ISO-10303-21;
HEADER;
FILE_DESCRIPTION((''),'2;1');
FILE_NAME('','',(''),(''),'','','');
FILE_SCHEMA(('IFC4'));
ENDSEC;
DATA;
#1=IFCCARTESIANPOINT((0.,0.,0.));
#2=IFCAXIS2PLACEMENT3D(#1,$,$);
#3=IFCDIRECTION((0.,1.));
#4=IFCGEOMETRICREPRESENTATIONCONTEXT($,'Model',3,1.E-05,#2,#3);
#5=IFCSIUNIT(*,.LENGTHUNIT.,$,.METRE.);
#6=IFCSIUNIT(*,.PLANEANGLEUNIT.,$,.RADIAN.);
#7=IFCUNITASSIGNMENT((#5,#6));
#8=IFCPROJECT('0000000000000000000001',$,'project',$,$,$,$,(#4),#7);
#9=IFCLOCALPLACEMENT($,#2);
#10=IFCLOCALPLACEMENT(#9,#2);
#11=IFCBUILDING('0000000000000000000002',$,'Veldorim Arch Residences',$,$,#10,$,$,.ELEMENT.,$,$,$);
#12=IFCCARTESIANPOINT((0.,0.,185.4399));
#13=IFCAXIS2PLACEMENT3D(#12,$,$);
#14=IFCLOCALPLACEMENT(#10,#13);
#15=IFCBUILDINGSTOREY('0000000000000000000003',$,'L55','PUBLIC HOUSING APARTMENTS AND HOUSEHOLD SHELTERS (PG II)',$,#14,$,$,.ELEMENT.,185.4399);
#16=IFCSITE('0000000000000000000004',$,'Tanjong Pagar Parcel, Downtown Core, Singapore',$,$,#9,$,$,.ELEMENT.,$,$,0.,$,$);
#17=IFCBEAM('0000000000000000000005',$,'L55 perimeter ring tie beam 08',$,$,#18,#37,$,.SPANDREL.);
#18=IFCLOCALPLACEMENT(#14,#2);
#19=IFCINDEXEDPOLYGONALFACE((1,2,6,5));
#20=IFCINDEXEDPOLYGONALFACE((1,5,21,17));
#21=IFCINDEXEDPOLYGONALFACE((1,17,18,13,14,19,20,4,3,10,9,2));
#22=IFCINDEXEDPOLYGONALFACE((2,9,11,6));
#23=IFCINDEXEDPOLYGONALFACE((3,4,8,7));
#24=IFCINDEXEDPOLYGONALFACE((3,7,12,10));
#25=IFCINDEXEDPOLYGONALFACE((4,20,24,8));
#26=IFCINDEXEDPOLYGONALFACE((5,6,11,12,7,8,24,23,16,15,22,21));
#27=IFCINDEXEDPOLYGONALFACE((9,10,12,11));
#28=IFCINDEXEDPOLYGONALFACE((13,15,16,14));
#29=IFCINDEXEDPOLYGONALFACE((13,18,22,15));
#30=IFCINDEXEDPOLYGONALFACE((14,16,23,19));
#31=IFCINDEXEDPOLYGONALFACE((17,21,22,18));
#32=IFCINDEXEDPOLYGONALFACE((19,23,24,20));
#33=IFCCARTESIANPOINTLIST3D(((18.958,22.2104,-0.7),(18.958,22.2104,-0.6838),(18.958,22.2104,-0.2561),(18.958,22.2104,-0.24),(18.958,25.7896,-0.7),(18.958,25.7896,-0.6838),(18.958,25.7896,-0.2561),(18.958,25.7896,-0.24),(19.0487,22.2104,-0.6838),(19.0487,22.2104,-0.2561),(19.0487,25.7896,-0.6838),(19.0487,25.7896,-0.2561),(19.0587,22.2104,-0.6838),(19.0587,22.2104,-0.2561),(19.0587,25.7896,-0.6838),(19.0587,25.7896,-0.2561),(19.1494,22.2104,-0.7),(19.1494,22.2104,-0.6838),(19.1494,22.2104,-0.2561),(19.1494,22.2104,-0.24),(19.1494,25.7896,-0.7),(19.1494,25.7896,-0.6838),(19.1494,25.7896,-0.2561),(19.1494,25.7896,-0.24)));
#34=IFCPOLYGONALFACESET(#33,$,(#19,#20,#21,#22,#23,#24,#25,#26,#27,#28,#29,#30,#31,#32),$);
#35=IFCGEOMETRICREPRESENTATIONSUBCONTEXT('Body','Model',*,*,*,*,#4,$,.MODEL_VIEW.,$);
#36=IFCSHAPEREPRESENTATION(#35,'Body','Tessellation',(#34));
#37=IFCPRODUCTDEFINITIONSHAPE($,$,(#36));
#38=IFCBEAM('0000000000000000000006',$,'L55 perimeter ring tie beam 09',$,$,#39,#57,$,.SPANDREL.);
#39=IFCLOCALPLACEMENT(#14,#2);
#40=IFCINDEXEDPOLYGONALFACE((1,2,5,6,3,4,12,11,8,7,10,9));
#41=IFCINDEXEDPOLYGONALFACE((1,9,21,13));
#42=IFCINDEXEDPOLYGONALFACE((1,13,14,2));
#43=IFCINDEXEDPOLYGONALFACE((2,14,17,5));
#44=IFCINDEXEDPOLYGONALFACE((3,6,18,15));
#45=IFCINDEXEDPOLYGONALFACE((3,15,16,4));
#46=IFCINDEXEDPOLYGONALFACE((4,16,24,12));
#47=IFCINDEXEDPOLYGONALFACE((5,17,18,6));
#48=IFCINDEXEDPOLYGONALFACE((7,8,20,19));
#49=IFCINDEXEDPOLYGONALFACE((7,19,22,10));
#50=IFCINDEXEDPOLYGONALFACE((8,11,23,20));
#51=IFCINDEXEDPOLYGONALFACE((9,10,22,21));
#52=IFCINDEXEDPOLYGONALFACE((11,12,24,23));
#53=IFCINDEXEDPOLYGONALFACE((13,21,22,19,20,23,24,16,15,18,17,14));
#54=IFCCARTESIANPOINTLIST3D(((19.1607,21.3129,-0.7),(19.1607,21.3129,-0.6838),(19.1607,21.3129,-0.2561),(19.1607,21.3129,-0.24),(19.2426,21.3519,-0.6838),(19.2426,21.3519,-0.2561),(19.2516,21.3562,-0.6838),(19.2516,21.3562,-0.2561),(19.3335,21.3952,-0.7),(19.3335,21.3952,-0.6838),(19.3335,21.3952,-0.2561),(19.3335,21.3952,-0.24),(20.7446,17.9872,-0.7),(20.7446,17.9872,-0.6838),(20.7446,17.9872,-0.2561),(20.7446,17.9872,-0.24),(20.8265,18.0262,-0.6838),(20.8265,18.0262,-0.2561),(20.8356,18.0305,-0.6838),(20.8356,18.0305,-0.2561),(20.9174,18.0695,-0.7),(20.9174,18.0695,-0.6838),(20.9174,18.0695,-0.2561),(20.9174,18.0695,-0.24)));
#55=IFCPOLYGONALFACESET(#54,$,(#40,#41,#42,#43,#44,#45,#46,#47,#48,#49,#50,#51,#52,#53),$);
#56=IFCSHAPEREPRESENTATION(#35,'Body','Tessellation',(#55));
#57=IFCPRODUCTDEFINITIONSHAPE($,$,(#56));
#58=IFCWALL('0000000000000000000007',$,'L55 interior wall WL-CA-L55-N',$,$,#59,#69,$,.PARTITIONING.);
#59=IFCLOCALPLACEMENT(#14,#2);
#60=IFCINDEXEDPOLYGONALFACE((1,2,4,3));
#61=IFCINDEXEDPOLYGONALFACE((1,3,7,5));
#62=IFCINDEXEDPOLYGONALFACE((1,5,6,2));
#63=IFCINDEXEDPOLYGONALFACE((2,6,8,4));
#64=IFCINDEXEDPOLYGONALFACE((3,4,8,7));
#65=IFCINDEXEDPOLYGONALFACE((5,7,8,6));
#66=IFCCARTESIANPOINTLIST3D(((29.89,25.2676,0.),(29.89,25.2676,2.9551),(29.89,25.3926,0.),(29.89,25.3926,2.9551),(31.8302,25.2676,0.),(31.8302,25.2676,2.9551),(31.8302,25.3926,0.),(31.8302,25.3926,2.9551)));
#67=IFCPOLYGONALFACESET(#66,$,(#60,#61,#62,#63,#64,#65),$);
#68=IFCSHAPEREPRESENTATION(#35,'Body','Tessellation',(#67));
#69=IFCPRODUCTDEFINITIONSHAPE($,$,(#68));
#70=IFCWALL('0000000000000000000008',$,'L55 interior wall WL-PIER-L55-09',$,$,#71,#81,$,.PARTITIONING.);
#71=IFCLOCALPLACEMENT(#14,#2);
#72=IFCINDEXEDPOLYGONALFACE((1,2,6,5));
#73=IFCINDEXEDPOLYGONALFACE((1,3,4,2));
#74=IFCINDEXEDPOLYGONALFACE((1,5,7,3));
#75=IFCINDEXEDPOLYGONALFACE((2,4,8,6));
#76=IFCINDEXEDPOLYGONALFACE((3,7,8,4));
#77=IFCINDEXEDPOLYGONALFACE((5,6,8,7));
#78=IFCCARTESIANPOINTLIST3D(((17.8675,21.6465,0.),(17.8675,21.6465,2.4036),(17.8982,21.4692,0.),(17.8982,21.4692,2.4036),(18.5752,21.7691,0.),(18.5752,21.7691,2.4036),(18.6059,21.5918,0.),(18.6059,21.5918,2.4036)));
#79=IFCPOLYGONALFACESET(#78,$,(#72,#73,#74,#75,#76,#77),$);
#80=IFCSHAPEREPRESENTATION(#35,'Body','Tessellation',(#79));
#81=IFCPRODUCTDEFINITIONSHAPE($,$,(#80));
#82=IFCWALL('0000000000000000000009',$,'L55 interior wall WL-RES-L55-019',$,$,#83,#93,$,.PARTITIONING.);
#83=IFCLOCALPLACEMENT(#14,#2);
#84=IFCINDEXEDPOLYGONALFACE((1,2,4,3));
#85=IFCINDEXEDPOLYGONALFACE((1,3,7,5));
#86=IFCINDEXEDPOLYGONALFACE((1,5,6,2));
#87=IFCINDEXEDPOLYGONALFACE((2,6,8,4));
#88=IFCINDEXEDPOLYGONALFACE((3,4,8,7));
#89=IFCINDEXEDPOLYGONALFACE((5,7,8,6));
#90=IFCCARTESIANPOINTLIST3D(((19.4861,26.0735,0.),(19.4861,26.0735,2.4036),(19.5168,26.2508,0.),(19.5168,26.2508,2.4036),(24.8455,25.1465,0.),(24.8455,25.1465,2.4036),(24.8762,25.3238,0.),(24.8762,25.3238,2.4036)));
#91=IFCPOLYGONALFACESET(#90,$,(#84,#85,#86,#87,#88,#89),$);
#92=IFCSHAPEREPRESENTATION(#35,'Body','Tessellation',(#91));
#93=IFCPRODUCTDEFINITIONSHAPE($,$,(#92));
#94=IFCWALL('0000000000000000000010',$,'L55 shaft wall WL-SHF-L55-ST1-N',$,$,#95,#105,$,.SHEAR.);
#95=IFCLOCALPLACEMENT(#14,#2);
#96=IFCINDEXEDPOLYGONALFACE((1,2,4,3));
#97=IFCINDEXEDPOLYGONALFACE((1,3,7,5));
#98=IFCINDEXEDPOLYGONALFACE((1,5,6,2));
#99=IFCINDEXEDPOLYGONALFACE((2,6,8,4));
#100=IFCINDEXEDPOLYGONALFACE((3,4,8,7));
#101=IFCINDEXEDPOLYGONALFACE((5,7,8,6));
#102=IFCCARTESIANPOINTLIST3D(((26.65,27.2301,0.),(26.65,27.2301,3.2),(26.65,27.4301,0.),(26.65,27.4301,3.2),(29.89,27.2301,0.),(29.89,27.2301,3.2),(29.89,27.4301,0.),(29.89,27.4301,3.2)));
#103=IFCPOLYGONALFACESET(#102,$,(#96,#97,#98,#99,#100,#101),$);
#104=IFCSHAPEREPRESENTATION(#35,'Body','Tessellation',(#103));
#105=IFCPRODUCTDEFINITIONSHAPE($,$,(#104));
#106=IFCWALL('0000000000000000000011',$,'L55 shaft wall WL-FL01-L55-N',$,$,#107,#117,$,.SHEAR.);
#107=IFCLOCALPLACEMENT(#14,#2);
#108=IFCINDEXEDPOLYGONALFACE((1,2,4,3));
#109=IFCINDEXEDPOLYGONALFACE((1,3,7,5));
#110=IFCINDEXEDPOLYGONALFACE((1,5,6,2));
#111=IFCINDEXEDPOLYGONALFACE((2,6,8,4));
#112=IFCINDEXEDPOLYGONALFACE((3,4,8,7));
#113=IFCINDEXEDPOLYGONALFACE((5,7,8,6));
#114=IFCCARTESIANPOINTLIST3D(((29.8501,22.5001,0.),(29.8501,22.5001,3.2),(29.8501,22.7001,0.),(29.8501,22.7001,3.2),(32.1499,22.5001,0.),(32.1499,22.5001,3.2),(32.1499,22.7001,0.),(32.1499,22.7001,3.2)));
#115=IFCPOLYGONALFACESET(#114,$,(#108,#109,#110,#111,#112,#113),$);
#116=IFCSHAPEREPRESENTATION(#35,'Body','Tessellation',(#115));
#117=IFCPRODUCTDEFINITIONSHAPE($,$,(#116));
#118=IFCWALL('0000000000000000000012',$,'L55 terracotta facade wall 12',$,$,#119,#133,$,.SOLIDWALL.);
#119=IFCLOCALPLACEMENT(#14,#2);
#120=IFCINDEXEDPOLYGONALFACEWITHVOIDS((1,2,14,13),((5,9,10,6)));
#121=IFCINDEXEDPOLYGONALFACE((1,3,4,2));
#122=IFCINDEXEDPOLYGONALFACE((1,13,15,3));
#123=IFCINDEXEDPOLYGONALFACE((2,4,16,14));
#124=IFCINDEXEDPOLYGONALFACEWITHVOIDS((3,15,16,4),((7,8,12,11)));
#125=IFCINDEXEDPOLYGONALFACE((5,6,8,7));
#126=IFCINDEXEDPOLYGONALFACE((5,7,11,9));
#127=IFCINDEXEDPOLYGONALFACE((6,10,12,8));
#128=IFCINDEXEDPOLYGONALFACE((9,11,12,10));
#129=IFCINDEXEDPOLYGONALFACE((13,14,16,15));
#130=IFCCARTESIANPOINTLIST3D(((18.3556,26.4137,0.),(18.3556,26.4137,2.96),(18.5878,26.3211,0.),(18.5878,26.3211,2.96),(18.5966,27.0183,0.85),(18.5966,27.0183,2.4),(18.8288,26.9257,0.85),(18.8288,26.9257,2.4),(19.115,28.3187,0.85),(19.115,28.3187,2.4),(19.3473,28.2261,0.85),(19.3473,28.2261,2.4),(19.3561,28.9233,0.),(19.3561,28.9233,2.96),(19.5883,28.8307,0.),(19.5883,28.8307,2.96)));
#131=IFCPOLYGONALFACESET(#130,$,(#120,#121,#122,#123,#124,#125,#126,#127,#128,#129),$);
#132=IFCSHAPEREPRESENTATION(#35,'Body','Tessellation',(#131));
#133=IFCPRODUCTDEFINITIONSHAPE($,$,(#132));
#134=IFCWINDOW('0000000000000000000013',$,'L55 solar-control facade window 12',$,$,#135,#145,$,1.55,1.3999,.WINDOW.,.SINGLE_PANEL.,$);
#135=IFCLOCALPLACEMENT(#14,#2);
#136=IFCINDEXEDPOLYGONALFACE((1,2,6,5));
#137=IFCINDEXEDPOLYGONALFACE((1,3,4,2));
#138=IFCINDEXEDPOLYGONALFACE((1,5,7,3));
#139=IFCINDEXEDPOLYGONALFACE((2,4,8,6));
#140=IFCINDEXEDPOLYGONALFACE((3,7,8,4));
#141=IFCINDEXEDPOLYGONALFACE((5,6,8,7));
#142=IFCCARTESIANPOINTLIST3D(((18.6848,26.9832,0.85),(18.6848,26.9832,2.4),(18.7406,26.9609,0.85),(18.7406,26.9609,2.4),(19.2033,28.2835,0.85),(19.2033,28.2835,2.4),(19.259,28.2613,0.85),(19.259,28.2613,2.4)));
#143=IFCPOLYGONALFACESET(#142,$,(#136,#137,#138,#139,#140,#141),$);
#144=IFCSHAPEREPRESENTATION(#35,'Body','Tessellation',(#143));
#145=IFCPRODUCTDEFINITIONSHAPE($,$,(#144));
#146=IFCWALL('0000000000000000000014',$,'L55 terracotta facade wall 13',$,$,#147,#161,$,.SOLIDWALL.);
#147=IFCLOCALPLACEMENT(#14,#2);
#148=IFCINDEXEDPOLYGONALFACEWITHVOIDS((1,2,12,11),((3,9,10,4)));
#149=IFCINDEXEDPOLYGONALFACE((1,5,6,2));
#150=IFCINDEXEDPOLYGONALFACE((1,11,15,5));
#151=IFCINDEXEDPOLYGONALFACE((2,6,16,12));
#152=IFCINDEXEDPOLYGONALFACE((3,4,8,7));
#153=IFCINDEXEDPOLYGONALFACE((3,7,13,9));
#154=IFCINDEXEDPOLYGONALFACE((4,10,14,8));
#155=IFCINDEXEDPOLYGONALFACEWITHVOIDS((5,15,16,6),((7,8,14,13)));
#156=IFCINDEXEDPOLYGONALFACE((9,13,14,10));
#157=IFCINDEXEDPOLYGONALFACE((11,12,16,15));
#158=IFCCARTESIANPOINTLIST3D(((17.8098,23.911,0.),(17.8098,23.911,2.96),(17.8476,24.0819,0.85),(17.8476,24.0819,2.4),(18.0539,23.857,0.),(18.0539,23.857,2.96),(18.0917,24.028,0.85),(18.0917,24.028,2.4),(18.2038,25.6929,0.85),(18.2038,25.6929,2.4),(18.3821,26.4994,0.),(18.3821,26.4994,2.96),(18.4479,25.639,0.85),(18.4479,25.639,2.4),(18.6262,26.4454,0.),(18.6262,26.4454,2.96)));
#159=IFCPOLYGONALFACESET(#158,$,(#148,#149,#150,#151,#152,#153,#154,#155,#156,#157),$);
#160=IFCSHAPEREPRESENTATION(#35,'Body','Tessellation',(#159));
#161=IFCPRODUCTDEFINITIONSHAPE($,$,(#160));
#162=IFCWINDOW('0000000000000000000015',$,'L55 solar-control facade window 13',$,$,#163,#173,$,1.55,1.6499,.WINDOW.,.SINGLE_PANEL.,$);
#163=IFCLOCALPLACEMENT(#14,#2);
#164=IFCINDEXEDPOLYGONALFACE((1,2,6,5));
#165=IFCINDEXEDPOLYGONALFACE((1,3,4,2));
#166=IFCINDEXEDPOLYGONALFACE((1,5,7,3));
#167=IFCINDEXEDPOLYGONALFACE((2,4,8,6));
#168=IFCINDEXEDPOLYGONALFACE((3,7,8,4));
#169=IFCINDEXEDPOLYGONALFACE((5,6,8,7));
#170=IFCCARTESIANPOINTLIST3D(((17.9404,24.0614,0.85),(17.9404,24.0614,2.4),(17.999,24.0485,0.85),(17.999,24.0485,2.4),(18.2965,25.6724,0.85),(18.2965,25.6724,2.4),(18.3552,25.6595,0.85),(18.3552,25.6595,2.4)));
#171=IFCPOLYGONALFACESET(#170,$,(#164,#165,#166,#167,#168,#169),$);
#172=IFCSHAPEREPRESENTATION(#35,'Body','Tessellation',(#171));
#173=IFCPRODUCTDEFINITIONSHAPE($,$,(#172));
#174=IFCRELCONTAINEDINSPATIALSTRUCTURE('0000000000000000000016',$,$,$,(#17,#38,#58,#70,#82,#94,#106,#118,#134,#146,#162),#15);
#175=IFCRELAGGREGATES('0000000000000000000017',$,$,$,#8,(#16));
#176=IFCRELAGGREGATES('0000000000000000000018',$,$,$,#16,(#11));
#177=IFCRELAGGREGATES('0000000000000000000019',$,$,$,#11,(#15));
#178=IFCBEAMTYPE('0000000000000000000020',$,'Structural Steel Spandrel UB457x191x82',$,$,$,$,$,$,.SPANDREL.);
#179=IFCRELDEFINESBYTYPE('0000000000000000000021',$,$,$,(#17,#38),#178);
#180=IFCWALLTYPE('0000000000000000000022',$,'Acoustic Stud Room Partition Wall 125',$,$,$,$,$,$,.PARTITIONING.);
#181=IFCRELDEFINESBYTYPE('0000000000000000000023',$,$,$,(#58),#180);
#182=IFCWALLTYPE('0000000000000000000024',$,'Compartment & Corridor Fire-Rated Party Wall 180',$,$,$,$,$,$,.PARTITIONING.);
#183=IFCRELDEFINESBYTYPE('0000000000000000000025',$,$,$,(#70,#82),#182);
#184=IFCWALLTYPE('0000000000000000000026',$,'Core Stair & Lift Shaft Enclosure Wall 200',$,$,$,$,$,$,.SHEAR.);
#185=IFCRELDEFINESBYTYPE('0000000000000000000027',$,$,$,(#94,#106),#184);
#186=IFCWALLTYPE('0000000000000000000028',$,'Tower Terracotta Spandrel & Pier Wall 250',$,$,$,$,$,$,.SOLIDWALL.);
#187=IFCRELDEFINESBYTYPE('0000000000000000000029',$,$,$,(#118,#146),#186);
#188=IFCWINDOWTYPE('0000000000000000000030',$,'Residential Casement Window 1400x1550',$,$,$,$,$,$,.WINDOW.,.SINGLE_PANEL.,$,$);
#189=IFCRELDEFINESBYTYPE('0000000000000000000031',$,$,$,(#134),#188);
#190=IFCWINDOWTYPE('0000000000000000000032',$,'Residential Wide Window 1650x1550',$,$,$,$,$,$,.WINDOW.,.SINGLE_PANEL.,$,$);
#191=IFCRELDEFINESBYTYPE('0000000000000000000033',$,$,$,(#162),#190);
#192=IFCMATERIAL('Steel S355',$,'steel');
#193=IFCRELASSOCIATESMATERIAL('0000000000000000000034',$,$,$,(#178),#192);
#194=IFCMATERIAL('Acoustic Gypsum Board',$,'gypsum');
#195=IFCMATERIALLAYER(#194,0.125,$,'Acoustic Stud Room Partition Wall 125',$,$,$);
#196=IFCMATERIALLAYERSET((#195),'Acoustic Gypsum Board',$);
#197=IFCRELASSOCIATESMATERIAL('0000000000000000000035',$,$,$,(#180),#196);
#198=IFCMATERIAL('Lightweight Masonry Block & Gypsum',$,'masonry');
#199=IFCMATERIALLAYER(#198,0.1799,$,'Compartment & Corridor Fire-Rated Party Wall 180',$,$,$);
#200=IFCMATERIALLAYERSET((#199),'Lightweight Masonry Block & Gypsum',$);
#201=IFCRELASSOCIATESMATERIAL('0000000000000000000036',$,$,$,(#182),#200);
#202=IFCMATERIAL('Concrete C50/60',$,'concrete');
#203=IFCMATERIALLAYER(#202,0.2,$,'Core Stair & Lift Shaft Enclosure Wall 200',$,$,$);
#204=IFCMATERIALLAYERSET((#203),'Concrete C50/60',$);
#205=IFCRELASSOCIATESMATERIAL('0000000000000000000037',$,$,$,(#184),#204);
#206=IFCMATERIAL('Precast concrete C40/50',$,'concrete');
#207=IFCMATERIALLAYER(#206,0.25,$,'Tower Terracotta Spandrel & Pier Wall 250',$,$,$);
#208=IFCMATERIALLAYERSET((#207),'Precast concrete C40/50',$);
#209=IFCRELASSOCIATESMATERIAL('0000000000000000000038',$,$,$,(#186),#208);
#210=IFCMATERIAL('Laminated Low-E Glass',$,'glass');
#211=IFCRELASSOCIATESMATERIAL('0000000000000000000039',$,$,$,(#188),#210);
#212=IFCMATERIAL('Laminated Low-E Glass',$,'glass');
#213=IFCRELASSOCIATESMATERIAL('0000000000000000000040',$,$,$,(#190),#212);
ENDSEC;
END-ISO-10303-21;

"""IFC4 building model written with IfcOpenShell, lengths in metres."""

from ifc_helpers import new_model, si_unit, direction, frame, frame_2d, origin, origin_2d, place, context, subcontext, project, spatial, rectangle, i_section, extrude, material, layer, layer_set, material_profile, profile_set, type_object, element, fill, save


model = new_model("IFC4")

# Units and contexts
model_context = context("Model", 3, precision=1e-05, world=origin(), true_north=direction((0.0, 1.0)))
body_context = subcontext(model_context, "Body", "Model", "MODEL_VIEW")
ifc_project = project(units=[si_unit("LENGTHUNIT", "METRE"), si_unit("PLANEANGLEUNIT", "RADIAN")], contexts=[model_context])

# Site, building, storey
site_placement = place(None, origin())
site = spatial("IfcSite", under=ifc_project, at=site_placement, Name="Tanjong Pagar Parcel, Downtown Core, Singapore", CompositionType="ELEMENT", RefElevation=0.0)
building_placement = place(site_placement, origin())
building = spatial("IfcBuilding", under=site, at=building_placement, Name="Veldorim Arch Residences", CompositionType="ELEMENT")
storey_placement = place(building_placement, frame((0.0, 0.0, 185.4399)))
storey = spatial("IfcBuildingStorey", under=building, at=storey_placement, Name="L55", Description="PUBLIC HOUSING APARTMENTS AND HOUSEHOLD SHELTERS (PG II)", CompositionType="ELEMENT", Elevation=185.4399)

# Beams
ifc_material_1 = material(Name="Steel S355", Category="steel")
ifc_material_profile_1 = material_profile(ifc_material_1, i_section(OverallWidth=0.1914, OverallDepth=0.46, WebThickness=0.01, FlangeThickness=0.0161, at=origin_2d()), Name="UB457x191x82")
ifc_profile_set_1 = profile_set([ifc_material_profile_1], Name="Steel S355")
beam_type_1 = type_object("IfcBeamType", Name="Structural Steel Spandrel UB457x191x82", PredefinedType="SPANDREL", material=ifc_profile_set_1)
beam_1_placement = place(storey_placement, frame((19.0537, 25.7896, -0.47), z_axis=(0.0, -1.0, 0.0), x_axis=(1.0, 0.0, 0.0)))
element("IfcBeam", 1, at=beam_1_placement, inside=storey, type_object=beam_type_1, Name="L55 perimeter ring tie beam 08", PredefinedType="SPANDREL", context=body_context, shape_type="SweptSolid", body=[
    extrude(i_section(OverallWidth=0.1914, OverallDepth=0.46, WebThickness=0.01, FlangeThickness=0.0161, at=origin_2d()), origin(), (0.0, 0.0, 1.0), 3.5791),
])
beam_2_placement = place(storey_placement, frame((19.2471, 21.354, -0.47), z_axis=(0.430006, -0.902826, 0.0), x_axis=(0.902826, 0.430006, 0.0)))
element("IfcBeam", 2, at=beam_2_placement, inside=storey, type_object=beam_type_1, Name="L55 perimeter ring tie beam 09", PredefinedType="SPANDREL", context=body_context, shape_type="SweptSolid", body=[
    extrude(i_section(OverallWidth=0.1914, OverallDepth=0.46, WebThickness=0.01, FlangeThickness=0.0161, at=origin_2d()), origin(), (0.0, 0.0, 1.0), 3.6836),
])

# Walls
ifc_material_2 = material(Name="Acoustic Gypsum Board", Category="gypsum")
ifc_layer_1 = layer(ifc_material_2, 0.125, Name="Acoustic Stud Room Partition Wall 125")
ifc_layer_set_1 = layer_set([ifc_layer_1], Name="Acoustic Gypsum Board")
wall_type_1 = type_object("IfcWallType", Name="Acoustic Stud Room Partition Wall 125", PredefinedType="PARTITIONING", material=ifc_layer_set_1)
wall_1_placement = place(storey_placement, frame((29.8899, 25.3301, 0.0), z_axis=(0.0, 0.0, 1.0), x_axis=(1.0, 0.0, 0.0)))
element("IfcWall", 3, at=wall_1_placement, inside=storey, type_object=wall_type_1, Name="L55 interior wall WL-CA-L55-N", PredefinedType="PARTITIONING", context=body_context, shape_type="SweptSolid", body=[
    extrude(rectangle(XDim=1.9402, YDim=0.125, at=frame_2d((0.9702, 0.0))), origin(), (0.0, 0.0, 1.0), 2.9551),
])
ifc_material_3 = material(Name="Lightweight Masonry Block & Gypsum", Category="masonry")
ifc_layer_2 = layer(ifc_material_3, 0.1799, Name="Compartment & Corridor Fire-Rated Party Wall 180")
ifc_layer_set_2 = layer_set([ifc_layer_2], Name="Lightweight Masonry Block & Gypsum")
wall_type_2 = type_object("IfcWallType", Name="Compartment & Corridor Fire-Rated Party Wall 180", PredefinedType="PARTITIONING", material=ifc_layer_set_2)
wall_2_placement = place(storey_placement, frame((18.5906, 21.6804, 0.0), z_axis=(0.0, 0.0, 1.0), x_axis=(-0.985336, -0.170624, 0.0)))
element("IfcWall", 4, at=wall_2_placement, inside=storey, type_object=wall_type_2, Name="L55 interior wall WL-PIER-L55-09", PredefinedType="PARTITIONING", context=body_context, shape_type="SweptSolid", body=[
    extrude(rectangle(XDim=0.7183, YDim=0.1799, at=frame_2d((0.3591, 0.0))), origin(), (0.0, 0.0, 1.0), 2.4036),
])
wall_3_placement = place(storey_placement, frame((24.8608, 25.2351, 0.0), z_axis=(0.0, 0.0, 1.0), x_axis=(-0.985368, 0.170438, 0.0)))
element("IfcWall", 5, at=wall_3_placement, inside=storey, type_object=wall_type_2, Name="L55 interior wall WL-RES-L55-019", PredefinedType="PARTITIONING", context=body_context, shape_type="SweptSolid", body=[
    extrude(rectangle(XDim=5.439, YDim=0.1799, at=frame_2d((2.7195, 0.0))), origin(), (0.0, 0.0, 1.0), 2.4036),
])
ifc_material_4 = material(Name="Concrete C50/60", Category="concrete")
ifc_layer_3 = layer(ifc_material_4, 0.2, Name="Core Stair & Lift Shaft Enclosure Wall 200")
ifc_layer_set_3 = layer_set([ifc_layer_3], Name="Concrete C50/60")
wall_type_3 = type_object("IfcWallType", Name="Core Stair & Lift Shaft Enclosure Wall 200", PredefinedType="SHEAR", material=ifc_layer_set_3)
wall_4_placement = place(storey_placement, frame((26.6499, 27.3301, 0.0), z_axis=(0.0, 0.0, 1.0), x_axis=(1.0, 0.0, 0.0)))
element("IfcWall", 6, at=wall_4_placement, inside=storey, type_object=wall_type_3, Name="L55 shaft wall WL-SHF-L55-ST1-N", PredefinedType="SHEAR", context=body_context, shape_type="SweptSolid", body=[
    extrude(rectangle(XDim=3.24, YDim=0.2, at=frame_2d((1.6201, 0.0))), origin(), (0.0, 0.0, 1.0), 3.2),
])
wall_5_placement = place(storey_placement, frame((29.8501, 22.6001, 0.0), z_axis=(0.0, 0.0, 1.0), x_axis=(1.0, 0.0, 0.0)))
element("IfcWall", 7, at=wall_5_placement, inside=storey, type_object=wall_type_3, Name="L55 shaft wall WL-FL01-L55-N", PredefinedType="SHEAR", context=body_context, shape_type="SweptSolid", body=[
    extrude(rectangle(XDim=2.2998, YDim=0.2, at=frame_2d((1.1499, 0.0))), origin(), (0.0, 0.0, 1.0), 3.2),
])

# Walls, openings, windows
ifc_material_5 = material(Name="Precast concrete C40/50", Category="concrete")
ifc_layer_4 = layer(ifc_material_5, 0.25, Name="Tower Terracotta Spandrel & Pier Wall 250")
ifc_layer_set_4 = layer_set([ifc_layer_4], Name="Precast concrete C40/50")
wall_type_4 = type_object("IfcWallType", Name="Tower Terracotta Spandrel & Pier Wall 250", PredefinedType="SOLIDWALL", material=ifc_layer_set_4)
wall_6_placement = place(storey_placement, frame((18.4717, 26.3674, 0.0), z_axis=(0.0, 0.0, 1.0), x_axis=(0.370331, 0.9289, 0.0)))
wall_6 = element("IfcWall", 8, at=wall_6_placement, inside=storey, type_object=wall_type_4, Name="L55 terracotta facade wall 12", PredefinedType="SOLIDWALL", context=body_context, shape_type="SweptSolid", body=[
    extrude(rectangle(XDim=2.7017, YDim=0.25, at=frame_2d((1.3508, 0.0))), origin(), (0.0, 0.0, 1.0), 2.96),
])
opening_1_placement = place(wall_6_placement, frame((0.6509, 0.0, 0.8501)))
opening_1 = element("IfcOpeningElement", 9, at=opening_1_placement, cuts=wall_6, PredefinedType="OPENING", context=body_context, shape_type="SweptSolid", body=[
    extrude(rectangle(XDim=1.3999, YDim=1.55, at=frame_2d((0.7, 0.7749))), frame((0.0, 0.135, 0.0), z_axis=(0.0, -1.0, 0.0), x_axis=(1.0, 0.0, 0.0)), (0.0, 0.0, 1.0), 0.27),
])
ifc_material_6 = material(Name="Laminated Low-E Glass", Category="glass")
window_type_1 = type_object("IfcWindowType", Name="Residential Casement Window 1400x1550", PartitioningType="SINGLE_PANEL", PredefinedType="WINDOW", material=ifc_material_6)
window_1_placement = place(opening_1_placement, origin())
window_1 = element("IfcWindow", 10, at=window_1_placement, inside=storey, type_object=window_type_1, Name="L55 solar-control facade window 12", OverallHeight=1.55, OverallWidth=1.3999, PartitioningType="SINGLE_PANEL", PredefinedType="WINDOW", context=body_context, shape_type="SweptSolid", body=[
    extrude(rectangle(XDim=1.3999, YDim=1.55, at=frame_2d((0.7, 0.7749))), frame((0.0, 0.03, 0.0), z_axis=(0.0, -1.0, 0.0), x_axis=(1.0, 0.0, 0.0)), (0.0, 0.0, 1.0), 0.0601),
])
fill(opening_1, window_1)
wall_7_placement = place(storey_placement, frame((17.9319, 23.884, 0.0), z_axis=(0.0, 0.0, 1.0), x_axis=(0.215877, 0.976421, 0.0)))
wall_7 = element("IfcWall", 11, at=wall_7_placement, inside=storey, type_object=wall_type_4, Name="L55 terracotta facade wall 13", PredefinedType="SOLIDWALL", context=body_context, shape_type="SweptSolid", body=[
    extrude(rectangle(XDim=2.6509, YDim=0.25, at=frame_2d((1.3254, 0.0))), origin(), (0.0, 0.0, 1.0), 2.96),
])
opening_2_placement = place(wall_7_placement, frame((0.175, 0.0, 0.8501)))
opening_2 = element("IfcOpeningElement", 12, at=opening_2_placement, cuts=wall_7, PredefinedType="OPENING", context=body_context, shape_type="SweptSolid", body=[
    extrude(rectangle(XDim=1.6499, YDim=1.55, at=frame_2d((0.825, 0.7749))), frame((0.0, 0.135, 0.0), z_axis=(0.0, -1.0, 0.0), x_axis=(1.0, 0.0, 0.0)), (0.0, 0.0, 1.0), 0.27),
])
ifc_material_7 = material(Name="Laminated Low-E Glass", Category="glass")
window_type_2 = type_object("IfcWindowType", Name="Residential Wide Window 1650x1550", PartitioningType="SINGLE_PANEL", PredefinedType="WINDOW", material=ifc_material_7)
window_2_placement = place(opening_2_placement, origin())
window_2 = element("IfcWindow", 13, at=window_2_placement, inside=storey, type_object=window_type_2, Name="L55 solar-control facade window 13", OverallHeight=1.55, OverallWidth=1.6499, PartitioningType="SINGLE_PANEL", PredefinedType="WINDOW", context=body_context, shape_type="SweptSolid", body=[
    extrude(rectangle(XDim=1.6499, YDim=1.55, at=frame_2d((0.825, 0.7749))), frame((0.0, 0.03, 0.0), z_axis=(0.0, -1.0, 0.0), x_axis=(1.0, 0.0, 0.0)), (0.0, 0.0, 1.0), 0.0601),
])
fill(opening_2, window_2)

save(model, "model.ifc")
